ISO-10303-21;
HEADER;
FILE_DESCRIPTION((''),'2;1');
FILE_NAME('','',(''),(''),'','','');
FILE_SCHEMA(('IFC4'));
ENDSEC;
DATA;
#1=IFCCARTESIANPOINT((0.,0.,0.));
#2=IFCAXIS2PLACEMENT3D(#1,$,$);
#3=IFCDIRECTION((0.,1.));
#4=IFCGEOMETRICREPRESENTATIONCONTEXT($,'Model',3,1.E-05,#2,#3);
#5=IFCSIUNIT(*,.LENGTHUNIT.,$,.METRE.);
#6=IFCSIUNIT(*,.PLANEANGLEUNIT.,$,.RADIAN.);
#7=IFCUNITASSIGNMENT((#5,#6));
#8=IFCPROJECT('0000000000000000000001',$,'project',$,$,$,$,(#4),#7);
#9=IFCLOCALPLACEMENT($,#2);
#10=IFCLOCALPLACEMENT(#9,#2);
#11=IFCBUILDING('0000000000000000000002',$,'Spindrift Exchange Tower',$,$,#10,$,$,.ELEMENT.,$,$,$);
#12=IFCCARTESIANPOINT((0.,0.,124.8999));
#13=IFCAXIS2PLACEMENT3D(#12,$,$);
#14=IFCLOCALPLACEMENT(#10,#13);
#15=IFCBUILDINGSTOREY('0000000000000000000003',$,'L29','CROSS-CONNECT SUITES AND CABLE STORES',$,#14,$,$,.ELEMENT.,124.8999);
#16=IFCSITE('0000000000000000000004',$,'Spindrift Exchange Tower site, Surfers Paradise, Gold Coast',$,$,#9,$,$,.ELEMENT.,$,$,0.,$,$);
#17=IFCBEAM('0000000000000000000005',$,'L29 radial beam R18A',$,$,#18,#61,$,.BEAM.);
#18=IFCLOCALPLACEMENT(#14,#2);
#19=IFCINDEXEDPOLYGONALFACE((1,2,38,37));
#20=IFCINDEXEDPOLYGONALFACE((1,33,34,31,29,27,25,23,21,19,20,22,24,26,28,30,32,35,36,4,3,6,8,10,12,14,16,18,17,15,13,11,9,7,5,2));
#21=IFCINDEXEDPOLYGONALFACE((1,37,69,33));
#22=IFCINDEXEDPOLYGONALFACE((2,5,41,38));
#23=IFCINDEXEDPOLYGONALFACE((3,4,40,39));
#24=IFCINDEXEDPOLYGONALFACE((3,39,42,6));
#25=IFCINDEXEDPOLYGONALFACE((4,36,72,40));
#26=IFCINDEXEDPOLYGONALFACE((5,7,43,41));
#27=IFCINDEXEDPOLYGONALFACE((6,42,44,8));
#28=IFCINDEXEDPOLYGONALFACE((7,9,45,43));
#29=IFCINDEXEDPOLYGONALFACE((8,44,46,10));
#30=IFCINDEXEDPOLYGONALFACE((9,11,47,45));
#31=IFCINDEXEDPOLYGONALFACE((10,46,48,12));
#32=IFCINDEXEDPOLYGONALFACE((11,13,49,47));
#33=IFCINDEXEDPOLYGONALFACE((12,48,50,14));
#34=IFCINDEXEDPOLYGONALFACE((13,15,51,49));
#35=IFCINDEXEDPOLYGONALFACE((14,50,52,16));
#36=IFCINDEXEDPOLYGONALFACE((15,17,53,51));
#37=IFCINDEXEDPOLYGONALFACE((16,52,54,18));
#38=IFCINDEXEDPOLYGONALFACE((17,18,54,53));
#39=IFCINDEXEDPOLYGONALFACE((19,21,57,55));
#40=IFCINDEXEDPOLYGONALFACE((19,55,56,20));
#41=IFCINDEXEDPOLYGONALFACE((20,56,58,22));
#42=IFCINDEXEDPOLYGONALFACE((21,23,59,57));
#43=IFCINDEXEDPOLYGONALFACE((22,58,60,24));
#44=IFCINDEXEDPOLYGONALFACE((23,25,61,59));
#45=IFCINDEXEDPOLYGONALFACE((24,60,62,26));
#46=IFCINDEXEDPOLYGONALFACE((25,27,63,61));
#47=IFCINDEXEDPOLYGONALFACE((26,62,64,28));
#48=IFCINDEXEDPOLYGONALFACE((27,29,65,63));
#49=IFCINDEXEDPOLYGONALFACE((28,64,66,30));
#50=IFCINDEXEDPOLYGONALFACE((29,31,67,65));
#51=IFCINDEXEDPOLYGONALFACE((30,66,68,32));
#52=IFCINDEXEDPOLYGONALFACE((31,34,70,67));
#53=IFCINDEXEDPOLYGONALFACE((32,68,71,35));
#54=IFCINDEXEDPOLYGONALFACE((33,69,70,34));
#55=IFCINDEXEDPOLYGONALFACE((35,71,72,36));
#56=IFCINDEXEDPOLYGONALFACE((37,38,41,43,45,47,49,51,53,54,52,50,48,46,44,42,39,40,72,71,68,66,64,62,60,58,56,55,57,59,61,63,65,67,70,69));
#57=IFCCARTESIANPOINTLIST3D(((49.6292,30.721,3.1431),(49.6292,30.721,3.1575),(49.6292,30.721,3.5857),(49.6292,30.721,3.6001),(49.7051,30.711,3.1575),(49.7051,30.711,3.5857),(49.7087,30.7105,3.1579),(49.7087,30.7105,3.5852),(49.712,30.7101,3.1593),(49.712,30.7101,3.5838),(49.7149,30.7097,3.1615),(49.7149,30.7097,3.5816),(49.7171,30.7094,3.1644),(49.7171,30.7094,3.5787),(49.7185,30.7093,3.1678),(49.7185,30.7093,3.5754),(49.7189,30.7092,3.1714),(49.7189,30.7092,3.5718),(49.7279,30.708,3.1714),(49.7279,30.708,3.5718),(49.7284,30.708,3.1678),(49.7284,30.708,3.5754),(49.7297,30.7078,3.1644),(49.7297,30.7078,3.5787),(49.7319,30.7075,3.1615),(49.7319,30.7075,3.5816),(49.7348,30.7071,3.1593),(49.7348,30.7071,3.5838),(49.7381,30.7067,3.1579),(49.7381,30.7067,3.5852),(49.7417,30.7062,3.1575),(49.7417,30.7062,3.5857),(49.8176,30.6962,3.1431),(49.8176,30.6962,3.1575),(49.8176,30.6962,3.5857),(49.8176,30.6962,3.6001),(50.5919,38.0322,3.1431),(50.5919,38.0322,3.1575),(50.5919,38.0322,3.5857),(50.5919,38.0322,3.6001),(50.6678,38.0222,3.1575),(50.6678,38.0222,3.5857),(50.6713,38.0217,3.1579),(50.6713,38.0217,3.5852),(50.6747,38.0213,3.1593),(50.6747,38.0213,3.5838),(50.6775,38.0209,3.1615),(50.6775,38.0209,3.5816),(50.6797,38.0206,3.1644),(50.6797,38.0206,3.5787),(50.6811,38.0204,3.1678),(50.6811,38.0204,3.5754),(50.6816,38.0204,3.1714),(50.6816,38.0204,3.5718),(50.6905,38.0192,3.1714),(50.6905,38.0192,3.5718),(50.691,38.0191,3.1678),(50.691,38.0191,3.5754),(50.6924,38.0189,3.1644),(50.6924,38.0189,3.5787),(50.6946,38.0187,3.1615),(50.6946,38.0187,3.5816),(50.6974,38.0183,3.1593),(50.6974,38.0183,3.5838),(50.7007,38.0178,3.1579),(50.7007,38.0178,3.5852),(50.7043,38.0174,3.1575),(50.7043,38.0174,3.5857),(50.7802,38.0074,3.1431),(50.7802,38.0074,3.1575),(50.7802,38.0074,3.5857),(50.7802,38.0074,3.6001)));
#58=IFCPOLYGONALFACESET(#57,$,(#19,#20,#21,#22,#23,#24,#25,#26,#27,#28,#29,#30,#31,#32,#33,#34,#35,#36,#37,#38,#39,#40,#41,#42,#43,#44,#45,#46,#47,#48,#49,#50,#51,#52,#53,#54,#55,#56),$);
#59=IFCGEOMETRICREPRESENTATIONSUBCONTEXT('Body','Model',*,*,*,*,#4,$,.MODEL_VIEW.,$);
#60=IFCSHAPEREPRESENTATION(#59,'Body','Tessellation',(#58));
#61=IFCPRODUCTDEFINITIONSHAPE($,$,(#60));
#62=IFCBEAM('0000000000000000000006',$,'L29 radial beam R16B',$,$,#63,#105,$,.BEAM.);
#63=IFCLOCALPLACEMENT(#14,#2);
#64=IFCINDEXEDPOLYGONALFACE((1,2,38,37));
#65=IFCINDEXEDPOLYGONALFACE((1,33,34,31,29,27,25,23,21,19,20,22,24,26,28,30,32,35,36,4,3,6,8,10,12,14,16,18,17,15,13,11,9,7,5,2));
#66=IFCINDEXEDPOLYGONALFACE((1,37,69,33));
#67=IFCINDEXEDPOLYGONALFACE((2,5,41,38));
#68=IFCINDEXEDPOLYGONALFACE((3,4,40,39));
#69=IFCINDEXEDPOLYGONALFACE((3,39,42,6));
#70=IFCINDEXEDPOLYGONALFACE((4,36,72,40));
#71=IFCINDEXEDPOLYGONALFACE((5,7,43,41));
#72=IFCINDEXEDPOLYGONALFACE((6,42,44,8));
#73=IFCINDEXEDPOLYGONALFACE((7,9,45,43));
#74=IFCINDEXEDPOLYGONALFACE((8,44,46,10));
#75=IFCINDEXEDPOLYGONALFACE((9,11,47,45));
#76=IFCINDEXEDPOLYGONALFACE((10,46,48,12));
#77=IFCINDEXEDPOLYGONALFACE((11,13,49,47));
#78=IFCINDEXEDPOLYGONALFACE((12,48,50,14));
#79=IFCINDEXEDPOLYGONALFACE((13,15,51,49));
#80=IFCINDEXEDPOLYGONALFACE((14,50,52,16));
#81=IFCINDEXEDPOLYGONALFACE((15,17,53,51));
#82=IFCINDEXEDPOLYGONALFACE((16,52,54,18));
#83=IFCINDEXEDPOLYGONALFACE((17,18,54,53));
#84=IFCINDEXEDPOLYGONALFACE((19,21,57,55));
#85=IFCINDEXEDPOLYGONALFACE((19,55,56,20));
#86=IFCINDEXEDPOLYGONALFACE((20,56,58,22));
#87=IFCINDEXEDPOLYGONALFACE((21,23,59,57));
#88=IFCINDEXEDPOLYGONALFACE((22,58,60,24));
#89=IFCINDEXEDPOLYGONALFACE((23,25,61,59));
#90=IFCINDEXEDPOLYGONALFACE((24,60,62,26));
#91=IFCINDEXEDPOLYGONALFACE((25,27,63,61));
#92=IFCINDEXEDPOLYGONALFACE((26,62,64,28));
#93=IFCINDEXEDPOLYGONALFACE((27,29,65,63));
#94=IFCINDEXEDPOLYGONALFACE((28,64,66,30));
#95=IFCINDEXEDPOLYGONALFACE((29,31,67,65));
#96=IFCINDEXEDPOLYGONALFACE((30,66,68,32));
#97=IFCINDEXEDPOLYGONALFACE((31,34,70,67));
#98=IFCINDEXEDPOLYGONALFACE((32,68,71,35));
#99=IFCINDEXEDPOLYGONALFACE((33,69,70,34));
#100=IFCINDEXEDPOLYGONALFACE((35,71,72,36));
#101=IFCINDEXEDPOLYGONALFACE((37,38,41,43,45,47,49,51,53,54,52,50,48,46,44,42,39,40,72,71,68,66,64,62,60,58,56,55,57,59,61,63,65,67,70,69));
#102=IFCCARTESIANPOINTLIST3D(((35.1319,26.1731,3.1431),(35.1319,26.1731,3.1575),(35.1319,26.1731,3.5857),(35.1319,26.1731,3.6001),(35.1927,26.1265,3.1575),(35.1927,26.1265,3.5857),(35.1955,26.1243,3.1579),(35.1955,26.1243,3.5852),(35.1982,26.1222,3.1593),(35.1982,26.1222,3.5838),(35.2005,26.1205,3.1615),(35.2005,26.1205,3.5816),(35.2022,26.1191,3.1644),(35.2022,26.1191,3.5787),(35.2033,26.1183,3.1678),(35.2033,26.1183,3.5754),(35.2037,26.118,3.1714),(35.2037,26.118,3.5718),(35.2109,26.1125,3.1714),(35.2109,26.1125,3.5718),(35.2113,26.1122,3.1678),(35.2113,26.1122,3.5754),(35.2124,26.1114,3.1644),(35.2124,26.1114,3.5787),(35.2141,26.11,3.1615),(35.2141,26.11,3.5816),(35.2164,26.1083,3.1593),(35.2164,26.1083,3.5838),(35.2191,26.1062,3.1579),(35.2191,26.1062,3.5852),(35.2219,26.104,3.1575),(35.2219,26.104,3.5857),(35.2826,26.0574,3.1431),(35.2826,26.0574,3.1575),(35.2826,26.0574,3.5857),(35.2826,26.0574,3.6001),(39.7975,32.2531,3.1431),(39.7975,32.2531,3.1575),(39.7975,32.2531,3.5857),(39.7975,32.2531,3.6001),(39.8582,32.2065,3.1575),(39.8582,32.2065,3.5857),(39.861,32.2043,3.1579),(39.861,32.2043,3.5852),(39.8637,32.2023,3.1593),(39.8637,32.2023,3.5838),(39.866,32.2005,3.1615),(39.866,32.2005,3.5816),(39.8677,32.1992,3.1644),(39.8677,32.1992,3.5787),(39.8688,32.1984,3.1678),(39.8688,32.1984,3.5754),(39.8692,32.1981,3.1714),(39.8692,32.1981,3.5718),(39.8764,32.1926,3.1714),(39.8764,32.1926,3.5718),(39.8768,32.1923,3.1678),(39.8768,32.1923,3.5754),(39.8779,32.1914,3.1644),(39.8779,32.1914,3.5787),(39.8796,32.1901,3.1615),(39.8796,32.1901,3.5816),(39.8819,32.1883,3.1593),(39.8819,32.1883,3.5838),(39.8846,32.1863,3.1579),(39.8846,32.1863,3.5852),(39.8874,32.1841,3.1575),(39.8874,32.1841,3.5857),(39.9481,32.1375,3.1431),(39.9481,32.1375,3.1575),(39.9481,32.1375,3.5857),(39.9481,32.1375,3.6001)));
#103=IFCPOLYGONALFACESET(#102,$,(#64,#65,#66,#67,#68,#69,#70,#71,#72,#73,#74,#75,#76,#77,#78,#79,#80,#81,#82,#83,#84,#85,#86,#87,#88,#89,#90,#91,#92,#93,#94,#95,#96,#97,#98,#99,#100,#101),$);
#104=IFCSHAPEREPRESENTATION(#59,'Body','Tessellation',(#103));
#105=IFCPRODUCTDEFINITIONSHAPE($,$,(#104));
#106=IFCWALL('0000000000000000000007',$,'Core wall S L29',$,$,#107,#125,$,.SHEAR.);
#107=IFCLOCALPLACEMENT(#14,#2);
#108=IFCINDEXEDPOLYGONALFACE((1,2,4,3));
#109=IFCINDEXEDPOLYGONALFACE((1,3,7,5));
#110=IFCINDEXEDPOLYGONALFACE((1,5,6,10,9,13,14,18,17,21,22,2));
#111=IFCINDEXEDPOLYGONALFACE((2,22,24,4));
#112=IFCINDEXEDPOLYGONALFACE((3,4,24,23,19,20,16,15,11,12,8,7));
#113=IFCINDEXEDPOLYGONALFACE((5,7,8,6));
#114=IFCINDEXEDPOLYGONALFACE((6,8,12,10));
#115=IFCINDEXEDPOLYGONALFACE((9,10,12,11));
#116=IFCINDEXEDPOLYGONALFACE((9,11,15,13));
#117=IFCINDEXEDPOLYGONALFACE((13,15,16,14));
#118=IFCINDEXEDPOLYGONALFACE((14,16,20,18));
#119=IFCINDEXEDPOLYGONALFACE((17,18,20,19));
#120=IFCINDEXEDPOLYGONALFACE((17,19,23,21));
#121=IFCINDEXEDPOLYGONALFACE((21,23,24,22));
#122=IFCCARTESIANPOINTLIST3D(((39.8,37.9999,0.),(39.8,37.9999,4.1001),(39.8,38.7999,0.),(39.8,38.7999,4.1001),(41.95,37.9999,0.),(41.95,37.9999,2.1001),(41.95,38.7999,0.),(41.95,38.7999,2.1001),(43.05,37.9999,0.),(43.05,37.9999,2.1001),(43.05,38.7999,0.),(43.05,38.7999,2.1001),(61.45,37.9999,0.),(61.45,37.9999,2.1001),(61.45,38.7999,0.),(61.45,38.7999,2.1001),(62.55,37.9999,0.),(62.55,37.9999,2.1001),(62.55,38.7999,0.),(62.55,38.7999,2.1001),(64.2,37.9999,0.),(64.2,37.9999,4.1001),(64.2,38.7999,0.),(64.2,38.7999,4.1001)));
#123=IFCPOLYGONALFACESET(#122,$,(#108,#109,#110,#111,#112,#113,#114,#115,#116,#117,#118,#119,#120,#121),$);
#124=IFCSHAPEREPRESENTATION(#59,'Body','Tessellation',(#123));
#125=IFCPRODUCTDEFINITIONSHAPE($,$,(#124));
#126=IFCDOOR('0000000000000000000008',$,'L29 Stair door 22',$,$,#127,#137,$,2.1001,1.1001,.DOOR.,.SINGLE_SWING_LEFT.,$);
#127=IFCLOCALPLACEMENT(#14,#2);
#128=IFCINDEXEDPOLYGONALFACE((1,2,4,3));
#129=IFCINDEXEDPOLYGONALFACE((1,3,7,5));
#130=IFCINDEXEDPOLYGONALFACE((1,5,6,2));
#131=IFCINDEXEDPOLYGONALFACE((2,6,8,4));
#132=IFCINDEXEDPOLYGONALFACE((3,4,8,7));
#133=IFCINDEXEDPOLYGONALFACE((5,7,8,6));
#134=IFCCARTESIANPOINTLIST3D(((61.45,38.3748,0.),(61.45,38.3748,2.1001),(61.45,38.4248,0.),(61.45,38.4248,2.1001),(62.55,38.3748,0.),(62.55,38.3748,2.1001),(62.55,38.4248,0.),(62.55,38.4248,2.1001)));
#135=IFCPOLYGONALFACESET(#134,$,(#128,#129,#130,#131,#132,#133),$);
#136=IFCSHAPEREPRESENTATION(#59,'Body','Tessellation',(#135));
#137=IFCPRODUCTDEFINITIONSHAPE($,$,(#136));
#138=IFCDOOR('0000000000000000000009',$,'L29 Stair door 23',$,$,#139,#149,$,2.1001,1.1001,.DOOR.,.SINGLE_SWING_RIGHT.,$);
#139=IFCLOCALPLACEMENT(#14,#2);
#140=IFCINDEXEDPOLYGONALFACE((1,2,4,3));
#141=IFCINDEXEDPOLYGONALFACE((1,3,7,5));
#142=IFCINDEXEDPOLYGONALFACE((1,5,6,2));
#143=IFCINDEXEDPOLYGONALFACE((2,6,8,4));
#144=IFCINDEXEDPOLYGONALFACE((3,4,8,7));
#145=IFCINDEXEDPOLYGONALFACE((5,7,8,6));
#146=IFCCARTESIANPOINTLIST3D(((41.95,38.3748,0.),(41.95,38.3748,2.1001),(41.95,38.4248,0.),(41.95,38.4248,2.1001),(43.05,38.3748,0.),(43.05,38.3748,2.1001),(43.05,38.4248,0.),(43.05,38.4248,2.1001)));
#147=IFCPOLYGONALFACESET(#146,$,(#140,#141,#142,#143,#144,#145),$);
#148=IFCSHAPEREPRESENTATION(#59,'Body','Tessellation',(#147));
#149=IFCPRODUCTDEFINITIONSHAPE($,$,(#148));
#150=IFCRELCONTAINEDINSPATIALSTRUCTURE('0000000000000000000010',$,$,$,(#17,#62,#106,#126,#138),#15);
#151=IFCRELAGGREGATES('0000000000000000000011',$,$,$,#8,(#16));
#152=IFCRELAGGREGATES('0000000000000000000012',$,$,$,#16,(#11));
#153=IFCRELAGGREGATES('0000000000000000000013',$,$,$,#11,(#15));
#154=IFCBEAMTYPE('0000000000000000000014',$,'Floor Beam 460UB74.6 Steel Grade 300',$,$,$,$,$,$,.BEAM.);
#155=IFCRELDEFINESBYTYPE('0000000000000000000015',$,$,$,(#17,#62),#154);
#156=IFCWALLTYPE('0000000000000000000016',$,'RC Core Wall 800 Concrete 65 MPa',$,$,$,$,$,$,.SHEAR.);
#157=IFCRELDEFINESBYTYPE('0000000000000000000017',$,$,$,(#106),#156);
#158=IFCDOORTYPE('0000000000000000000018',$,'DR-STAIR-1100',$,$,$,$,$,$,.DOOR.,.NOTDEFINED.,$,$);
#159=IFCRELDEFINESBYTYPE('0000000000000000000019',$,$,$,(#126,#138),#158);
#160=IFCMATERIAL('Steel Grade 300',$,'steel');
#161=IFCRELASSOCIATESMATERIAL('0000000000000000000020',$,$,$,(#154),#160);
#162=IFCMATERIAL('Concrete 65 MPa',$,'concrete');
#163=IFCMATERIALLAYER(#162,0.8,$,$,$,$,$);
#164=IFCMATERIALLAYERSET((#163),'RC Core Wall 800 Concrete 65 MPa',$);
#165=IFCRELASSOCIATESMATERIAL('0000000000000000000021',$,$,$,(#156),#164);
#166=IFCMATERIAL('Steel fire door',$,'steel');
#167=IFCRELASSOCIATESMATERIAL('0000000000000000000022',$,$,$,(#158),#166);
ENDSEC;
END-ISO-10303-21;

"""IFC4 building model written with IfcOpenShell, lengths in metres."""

from ifc_helpers import new_model, si_unit, direction, frame, frame_2d, origin, origin_2d, place, context, subcontext, project, spatial, rectangle, i_section, extrude, source, transform, mapped, material, layer, layer_set, material_profile, profile_set, type_object, element, fill, save


model = new_model("IFC4")

# Units and contexts
model_context = context("Model", 3, precision=1e-05, world=origin(), true_north=direction((0.0, 1.0)))
body_context = subcontext(model_context, "Body", "Model", "MODEL_VIEW")
ifc_project = project(units=[si_unit("LENGTHUNIT", "METRE"), si_unit("PLANEANGLEUNIT", "RADIAN")], contexts=[model_context])

# Site, building, storey
site_placement = place(None, origin())
site = spatial("IfcSite", under=ifc_project, at=site_placement, Name="Spindrift Exchange Tower site, Surfers Paradise, Gold Coast", CompositionType="ELEMENT", RefElevation=0.0)
building_placement = place(site_placement, origin())
building = spatial("IfcBuilding", under=site, at=building_placement, Name="Spindrift Exchange Tower", CompositionType="ELEMENT")
storey_placement = place(building_placement, frame((0.0, 0.0, 124.8999)))
storey = spatial("IfcBuildingStorey", under=building, at=storey_placement, Name="L29", Description="CROSS-CONNECT SUITES AND CABLE STORES", CompositionType="ELEMENT", Elevation=124.8999)

# Shared definitions
ifc_material_1 = material(Name="Concrete 65 MPa", Category="concrete")

# Beams
ifc_material_2 = material(Name="Steel Grade 300", Category="steel")
ifc_material_profile_1 = material_profile(ifc_material_2, i_section(OverallWidth=0.1899, OverallDepth=0.457, WebThickness=0.009, FlangeThickness=0.0144, FilletRadius=0.0139, at=origin_2d()), Name="460UB74.6")
ifc_profile_set_1 = profile_set([ifc_material_profile_1], Name="Steel Grade 300")
beam_type_1 = type_object("IfcBeamType", Name="Floor Beam 460UB74.6 Steel Grade 300", PredefinedType="BEAM", material=ifc_profile_set_1)
shared_shape_1 = source(origin(), body_context, "Body", "SweptSolid", [
    extrude(i_section(OverallWidth=0.1899, OverallDepth=0.457, WebThickness=0.009, FlangeThickness=0.0144, FilletRadius=0.0139, at=origin_2d()), origin(), (0.0, 0.0, 1.0), 7.3743),
])
beam_1_placement = place(storey_placement, frame((50.686, 38.0198, 3.3716), z_axis=(-0.130539, -0.991443, 0.0), x_axis=(0.991443, -0.130539, 0.0)))
element("IfcBeam", 1, at=beam_1_placement, inside=storey, type_object=beam_type_1, Name="L29 radial beam R18A", PredefinedType="BEAM", context=body_context, shape_type="MappedRepresentation", body=[
    mapped(shared_shape_1, transform((0.0, 0.0, 0.0), scale=1.0)),
])
shared_shape_2 = source(origin(), body_context, "Body", "SweptSolid", [
    extrude(i_section(OverallWidth=0.1899, OverallDepth=0.457, WebThickness=0.009, FlangeThickness=0.0144, FilletRadius=0.0139, at=origin_2d()), origin(), (0.0, 0.0, 1.0), 7.6638),
])
beam_2_placement = place(storey_placement, frame((39.8728, 32.1953, 3.3716), z_axis=(-0.608771, -0.793346, 0.0), x_axis=(0.793346, -0.608771, 0.0)))
element("IfcBeam", 2, at=beam_2_placement, inside=storey, type_object=beam_type_1, Name="L29 radial beam R16B", PredefinedType="BEAM", context=body_context, shape_type="MappedRepresentation", body=[
    mapped(shared_shape_2, transform((0.0, 0.0, 0.0), scale=1.0)),
])

# Wall, openings, doors
ifc_layer_1 = layer(ifc_material_1, 0.8)
ifc_layer_set_1 = layer_set([ifc_layer_1], Name="RC Core Wall 800 Concrete 65 MPa")
wall_type_1 = type_object("IfcWallType", Name="RC Core Wall 800 Concrete 65 MPa", PredefinedType="SHEAR", material=ifc_layer_set_1)
wall_1_placement = place(storey_placement, frame((39.8, 38.3999, 0.0), z_axis=(0.0, 0.0, 1.0), x_axis=(1.0, 0.0, 0.0)))
wall_1 = element("IfcWall", 3, at=wall_1_placement, inside=storey, type_object=wall_type_1, Name="Core wall S L29", PredefinedType="SHEAR", context=body_context, shape_type="SweptSolid", body=[
    extrude(rectangle(XDim=24.3999, YDim=0.8, at=frame_2d((12.2, 0.0))), origin(), (0.0, 0.0, 1.0), 4.1001),
])
opening_1_placement = place(wall_1_placement, frame((21.6499, 0.0, 0.0)))
opening_1 = element("IfcOpeningElement", 4, at=opening_1_placement, cuts=wall_1, PredefinedType="OPENING", context=body_context, shape_type="SweptSolid", body=[
    extrude(rectangle(XDim=1.1001, YDim=2.1001, at=frame_2d((0.55, 1.05))), frame((0.0, 0.4099, 0.0), z_axis=(0.0, -1.0, 0.0), x_axis=(1.0, 0.0, 0.0)), (0.0, 0.0, 1.0), 0.8201),
])
opening_2_placement = place(wall_1_placement, frame((2.1499, 0.0, 0.0)))
opening_2 = element("IfcOpeningElement", 5, at=opening_2_placement, cuts=wall_1, PredefinedType="OPENING", context=body_context, shape_type="SweptSolid", body=[
    extrude(rectangle(XDim=1.1001, YDim=2.1001, at=frame_2d((0.55, 1.05))), frame((0.0, 0.4099, 0.0), z_axis=(0.0, -1.0, 0.0), x_axis=(1.0, 0.0, 0.0)), (0.0, 0.0, 1.0), 0.8201),
])
ifc_material_3 = material(Name="Steel fire door", Category="steel")
door_type_1 = type_object("IfcDoorType", Name="DR-STAIR-1100", OperationType="NOTDEFINED", PredefinedType="DOOR", material=ifc_material_3)
shared_shape_3 = source(origin(), body_context, "Body", "SweptSolid", [
    extrude(rectangle(XDim=1.1001, YDim=2.1001, at=frame_2d((0.55, 1.05))), frame((0.0, 0.0249, 0.0), z_axis=(0.0, -1.0, 0.0), x_axis=(1.0, 0.0, 0.0)), (0.0, 0.0, 1.0), 0.05),
])
door_1_placement = place(opening_1_placement, origin())
door_1 = element("IfcDoor", 6, at=door_1_placement, inside=storey, type_object=door_type_1, Name="L29 Stair door 22", OperationType="SINGLE_SWING_LEFT", OverallHeight=2.1001, OverallWidth=1.1001, PredefinedType="DOOR", context=body_context, shape_type="MappedRepresentation", body=[
    mapped(shared_shape_3, transform((0.0, 0.0, 0.0), scale=1.0)),
])
fill(opening_1, door_1)
door_2_placement = place(opening_2_placement, origin())
door_2 = element("IfcDoor", 7, at=door_2_placement, inside=storey, type_object=door_type_1, Name="L29 Stair door 23", OperationType="SINGLE_SWING_RIGHT", OverallHeight=2.1001, OverallWidth=1.1001, PredefinedType="DOOR", context=body_context, shape_type="MappedRepresentation", body=[
    mapped(shared_shape_3, transform((0.0, 0.0, 0.0), scale=1.0)),
])
fill(opening_2, door_2)

save(model, "model.ifc")
